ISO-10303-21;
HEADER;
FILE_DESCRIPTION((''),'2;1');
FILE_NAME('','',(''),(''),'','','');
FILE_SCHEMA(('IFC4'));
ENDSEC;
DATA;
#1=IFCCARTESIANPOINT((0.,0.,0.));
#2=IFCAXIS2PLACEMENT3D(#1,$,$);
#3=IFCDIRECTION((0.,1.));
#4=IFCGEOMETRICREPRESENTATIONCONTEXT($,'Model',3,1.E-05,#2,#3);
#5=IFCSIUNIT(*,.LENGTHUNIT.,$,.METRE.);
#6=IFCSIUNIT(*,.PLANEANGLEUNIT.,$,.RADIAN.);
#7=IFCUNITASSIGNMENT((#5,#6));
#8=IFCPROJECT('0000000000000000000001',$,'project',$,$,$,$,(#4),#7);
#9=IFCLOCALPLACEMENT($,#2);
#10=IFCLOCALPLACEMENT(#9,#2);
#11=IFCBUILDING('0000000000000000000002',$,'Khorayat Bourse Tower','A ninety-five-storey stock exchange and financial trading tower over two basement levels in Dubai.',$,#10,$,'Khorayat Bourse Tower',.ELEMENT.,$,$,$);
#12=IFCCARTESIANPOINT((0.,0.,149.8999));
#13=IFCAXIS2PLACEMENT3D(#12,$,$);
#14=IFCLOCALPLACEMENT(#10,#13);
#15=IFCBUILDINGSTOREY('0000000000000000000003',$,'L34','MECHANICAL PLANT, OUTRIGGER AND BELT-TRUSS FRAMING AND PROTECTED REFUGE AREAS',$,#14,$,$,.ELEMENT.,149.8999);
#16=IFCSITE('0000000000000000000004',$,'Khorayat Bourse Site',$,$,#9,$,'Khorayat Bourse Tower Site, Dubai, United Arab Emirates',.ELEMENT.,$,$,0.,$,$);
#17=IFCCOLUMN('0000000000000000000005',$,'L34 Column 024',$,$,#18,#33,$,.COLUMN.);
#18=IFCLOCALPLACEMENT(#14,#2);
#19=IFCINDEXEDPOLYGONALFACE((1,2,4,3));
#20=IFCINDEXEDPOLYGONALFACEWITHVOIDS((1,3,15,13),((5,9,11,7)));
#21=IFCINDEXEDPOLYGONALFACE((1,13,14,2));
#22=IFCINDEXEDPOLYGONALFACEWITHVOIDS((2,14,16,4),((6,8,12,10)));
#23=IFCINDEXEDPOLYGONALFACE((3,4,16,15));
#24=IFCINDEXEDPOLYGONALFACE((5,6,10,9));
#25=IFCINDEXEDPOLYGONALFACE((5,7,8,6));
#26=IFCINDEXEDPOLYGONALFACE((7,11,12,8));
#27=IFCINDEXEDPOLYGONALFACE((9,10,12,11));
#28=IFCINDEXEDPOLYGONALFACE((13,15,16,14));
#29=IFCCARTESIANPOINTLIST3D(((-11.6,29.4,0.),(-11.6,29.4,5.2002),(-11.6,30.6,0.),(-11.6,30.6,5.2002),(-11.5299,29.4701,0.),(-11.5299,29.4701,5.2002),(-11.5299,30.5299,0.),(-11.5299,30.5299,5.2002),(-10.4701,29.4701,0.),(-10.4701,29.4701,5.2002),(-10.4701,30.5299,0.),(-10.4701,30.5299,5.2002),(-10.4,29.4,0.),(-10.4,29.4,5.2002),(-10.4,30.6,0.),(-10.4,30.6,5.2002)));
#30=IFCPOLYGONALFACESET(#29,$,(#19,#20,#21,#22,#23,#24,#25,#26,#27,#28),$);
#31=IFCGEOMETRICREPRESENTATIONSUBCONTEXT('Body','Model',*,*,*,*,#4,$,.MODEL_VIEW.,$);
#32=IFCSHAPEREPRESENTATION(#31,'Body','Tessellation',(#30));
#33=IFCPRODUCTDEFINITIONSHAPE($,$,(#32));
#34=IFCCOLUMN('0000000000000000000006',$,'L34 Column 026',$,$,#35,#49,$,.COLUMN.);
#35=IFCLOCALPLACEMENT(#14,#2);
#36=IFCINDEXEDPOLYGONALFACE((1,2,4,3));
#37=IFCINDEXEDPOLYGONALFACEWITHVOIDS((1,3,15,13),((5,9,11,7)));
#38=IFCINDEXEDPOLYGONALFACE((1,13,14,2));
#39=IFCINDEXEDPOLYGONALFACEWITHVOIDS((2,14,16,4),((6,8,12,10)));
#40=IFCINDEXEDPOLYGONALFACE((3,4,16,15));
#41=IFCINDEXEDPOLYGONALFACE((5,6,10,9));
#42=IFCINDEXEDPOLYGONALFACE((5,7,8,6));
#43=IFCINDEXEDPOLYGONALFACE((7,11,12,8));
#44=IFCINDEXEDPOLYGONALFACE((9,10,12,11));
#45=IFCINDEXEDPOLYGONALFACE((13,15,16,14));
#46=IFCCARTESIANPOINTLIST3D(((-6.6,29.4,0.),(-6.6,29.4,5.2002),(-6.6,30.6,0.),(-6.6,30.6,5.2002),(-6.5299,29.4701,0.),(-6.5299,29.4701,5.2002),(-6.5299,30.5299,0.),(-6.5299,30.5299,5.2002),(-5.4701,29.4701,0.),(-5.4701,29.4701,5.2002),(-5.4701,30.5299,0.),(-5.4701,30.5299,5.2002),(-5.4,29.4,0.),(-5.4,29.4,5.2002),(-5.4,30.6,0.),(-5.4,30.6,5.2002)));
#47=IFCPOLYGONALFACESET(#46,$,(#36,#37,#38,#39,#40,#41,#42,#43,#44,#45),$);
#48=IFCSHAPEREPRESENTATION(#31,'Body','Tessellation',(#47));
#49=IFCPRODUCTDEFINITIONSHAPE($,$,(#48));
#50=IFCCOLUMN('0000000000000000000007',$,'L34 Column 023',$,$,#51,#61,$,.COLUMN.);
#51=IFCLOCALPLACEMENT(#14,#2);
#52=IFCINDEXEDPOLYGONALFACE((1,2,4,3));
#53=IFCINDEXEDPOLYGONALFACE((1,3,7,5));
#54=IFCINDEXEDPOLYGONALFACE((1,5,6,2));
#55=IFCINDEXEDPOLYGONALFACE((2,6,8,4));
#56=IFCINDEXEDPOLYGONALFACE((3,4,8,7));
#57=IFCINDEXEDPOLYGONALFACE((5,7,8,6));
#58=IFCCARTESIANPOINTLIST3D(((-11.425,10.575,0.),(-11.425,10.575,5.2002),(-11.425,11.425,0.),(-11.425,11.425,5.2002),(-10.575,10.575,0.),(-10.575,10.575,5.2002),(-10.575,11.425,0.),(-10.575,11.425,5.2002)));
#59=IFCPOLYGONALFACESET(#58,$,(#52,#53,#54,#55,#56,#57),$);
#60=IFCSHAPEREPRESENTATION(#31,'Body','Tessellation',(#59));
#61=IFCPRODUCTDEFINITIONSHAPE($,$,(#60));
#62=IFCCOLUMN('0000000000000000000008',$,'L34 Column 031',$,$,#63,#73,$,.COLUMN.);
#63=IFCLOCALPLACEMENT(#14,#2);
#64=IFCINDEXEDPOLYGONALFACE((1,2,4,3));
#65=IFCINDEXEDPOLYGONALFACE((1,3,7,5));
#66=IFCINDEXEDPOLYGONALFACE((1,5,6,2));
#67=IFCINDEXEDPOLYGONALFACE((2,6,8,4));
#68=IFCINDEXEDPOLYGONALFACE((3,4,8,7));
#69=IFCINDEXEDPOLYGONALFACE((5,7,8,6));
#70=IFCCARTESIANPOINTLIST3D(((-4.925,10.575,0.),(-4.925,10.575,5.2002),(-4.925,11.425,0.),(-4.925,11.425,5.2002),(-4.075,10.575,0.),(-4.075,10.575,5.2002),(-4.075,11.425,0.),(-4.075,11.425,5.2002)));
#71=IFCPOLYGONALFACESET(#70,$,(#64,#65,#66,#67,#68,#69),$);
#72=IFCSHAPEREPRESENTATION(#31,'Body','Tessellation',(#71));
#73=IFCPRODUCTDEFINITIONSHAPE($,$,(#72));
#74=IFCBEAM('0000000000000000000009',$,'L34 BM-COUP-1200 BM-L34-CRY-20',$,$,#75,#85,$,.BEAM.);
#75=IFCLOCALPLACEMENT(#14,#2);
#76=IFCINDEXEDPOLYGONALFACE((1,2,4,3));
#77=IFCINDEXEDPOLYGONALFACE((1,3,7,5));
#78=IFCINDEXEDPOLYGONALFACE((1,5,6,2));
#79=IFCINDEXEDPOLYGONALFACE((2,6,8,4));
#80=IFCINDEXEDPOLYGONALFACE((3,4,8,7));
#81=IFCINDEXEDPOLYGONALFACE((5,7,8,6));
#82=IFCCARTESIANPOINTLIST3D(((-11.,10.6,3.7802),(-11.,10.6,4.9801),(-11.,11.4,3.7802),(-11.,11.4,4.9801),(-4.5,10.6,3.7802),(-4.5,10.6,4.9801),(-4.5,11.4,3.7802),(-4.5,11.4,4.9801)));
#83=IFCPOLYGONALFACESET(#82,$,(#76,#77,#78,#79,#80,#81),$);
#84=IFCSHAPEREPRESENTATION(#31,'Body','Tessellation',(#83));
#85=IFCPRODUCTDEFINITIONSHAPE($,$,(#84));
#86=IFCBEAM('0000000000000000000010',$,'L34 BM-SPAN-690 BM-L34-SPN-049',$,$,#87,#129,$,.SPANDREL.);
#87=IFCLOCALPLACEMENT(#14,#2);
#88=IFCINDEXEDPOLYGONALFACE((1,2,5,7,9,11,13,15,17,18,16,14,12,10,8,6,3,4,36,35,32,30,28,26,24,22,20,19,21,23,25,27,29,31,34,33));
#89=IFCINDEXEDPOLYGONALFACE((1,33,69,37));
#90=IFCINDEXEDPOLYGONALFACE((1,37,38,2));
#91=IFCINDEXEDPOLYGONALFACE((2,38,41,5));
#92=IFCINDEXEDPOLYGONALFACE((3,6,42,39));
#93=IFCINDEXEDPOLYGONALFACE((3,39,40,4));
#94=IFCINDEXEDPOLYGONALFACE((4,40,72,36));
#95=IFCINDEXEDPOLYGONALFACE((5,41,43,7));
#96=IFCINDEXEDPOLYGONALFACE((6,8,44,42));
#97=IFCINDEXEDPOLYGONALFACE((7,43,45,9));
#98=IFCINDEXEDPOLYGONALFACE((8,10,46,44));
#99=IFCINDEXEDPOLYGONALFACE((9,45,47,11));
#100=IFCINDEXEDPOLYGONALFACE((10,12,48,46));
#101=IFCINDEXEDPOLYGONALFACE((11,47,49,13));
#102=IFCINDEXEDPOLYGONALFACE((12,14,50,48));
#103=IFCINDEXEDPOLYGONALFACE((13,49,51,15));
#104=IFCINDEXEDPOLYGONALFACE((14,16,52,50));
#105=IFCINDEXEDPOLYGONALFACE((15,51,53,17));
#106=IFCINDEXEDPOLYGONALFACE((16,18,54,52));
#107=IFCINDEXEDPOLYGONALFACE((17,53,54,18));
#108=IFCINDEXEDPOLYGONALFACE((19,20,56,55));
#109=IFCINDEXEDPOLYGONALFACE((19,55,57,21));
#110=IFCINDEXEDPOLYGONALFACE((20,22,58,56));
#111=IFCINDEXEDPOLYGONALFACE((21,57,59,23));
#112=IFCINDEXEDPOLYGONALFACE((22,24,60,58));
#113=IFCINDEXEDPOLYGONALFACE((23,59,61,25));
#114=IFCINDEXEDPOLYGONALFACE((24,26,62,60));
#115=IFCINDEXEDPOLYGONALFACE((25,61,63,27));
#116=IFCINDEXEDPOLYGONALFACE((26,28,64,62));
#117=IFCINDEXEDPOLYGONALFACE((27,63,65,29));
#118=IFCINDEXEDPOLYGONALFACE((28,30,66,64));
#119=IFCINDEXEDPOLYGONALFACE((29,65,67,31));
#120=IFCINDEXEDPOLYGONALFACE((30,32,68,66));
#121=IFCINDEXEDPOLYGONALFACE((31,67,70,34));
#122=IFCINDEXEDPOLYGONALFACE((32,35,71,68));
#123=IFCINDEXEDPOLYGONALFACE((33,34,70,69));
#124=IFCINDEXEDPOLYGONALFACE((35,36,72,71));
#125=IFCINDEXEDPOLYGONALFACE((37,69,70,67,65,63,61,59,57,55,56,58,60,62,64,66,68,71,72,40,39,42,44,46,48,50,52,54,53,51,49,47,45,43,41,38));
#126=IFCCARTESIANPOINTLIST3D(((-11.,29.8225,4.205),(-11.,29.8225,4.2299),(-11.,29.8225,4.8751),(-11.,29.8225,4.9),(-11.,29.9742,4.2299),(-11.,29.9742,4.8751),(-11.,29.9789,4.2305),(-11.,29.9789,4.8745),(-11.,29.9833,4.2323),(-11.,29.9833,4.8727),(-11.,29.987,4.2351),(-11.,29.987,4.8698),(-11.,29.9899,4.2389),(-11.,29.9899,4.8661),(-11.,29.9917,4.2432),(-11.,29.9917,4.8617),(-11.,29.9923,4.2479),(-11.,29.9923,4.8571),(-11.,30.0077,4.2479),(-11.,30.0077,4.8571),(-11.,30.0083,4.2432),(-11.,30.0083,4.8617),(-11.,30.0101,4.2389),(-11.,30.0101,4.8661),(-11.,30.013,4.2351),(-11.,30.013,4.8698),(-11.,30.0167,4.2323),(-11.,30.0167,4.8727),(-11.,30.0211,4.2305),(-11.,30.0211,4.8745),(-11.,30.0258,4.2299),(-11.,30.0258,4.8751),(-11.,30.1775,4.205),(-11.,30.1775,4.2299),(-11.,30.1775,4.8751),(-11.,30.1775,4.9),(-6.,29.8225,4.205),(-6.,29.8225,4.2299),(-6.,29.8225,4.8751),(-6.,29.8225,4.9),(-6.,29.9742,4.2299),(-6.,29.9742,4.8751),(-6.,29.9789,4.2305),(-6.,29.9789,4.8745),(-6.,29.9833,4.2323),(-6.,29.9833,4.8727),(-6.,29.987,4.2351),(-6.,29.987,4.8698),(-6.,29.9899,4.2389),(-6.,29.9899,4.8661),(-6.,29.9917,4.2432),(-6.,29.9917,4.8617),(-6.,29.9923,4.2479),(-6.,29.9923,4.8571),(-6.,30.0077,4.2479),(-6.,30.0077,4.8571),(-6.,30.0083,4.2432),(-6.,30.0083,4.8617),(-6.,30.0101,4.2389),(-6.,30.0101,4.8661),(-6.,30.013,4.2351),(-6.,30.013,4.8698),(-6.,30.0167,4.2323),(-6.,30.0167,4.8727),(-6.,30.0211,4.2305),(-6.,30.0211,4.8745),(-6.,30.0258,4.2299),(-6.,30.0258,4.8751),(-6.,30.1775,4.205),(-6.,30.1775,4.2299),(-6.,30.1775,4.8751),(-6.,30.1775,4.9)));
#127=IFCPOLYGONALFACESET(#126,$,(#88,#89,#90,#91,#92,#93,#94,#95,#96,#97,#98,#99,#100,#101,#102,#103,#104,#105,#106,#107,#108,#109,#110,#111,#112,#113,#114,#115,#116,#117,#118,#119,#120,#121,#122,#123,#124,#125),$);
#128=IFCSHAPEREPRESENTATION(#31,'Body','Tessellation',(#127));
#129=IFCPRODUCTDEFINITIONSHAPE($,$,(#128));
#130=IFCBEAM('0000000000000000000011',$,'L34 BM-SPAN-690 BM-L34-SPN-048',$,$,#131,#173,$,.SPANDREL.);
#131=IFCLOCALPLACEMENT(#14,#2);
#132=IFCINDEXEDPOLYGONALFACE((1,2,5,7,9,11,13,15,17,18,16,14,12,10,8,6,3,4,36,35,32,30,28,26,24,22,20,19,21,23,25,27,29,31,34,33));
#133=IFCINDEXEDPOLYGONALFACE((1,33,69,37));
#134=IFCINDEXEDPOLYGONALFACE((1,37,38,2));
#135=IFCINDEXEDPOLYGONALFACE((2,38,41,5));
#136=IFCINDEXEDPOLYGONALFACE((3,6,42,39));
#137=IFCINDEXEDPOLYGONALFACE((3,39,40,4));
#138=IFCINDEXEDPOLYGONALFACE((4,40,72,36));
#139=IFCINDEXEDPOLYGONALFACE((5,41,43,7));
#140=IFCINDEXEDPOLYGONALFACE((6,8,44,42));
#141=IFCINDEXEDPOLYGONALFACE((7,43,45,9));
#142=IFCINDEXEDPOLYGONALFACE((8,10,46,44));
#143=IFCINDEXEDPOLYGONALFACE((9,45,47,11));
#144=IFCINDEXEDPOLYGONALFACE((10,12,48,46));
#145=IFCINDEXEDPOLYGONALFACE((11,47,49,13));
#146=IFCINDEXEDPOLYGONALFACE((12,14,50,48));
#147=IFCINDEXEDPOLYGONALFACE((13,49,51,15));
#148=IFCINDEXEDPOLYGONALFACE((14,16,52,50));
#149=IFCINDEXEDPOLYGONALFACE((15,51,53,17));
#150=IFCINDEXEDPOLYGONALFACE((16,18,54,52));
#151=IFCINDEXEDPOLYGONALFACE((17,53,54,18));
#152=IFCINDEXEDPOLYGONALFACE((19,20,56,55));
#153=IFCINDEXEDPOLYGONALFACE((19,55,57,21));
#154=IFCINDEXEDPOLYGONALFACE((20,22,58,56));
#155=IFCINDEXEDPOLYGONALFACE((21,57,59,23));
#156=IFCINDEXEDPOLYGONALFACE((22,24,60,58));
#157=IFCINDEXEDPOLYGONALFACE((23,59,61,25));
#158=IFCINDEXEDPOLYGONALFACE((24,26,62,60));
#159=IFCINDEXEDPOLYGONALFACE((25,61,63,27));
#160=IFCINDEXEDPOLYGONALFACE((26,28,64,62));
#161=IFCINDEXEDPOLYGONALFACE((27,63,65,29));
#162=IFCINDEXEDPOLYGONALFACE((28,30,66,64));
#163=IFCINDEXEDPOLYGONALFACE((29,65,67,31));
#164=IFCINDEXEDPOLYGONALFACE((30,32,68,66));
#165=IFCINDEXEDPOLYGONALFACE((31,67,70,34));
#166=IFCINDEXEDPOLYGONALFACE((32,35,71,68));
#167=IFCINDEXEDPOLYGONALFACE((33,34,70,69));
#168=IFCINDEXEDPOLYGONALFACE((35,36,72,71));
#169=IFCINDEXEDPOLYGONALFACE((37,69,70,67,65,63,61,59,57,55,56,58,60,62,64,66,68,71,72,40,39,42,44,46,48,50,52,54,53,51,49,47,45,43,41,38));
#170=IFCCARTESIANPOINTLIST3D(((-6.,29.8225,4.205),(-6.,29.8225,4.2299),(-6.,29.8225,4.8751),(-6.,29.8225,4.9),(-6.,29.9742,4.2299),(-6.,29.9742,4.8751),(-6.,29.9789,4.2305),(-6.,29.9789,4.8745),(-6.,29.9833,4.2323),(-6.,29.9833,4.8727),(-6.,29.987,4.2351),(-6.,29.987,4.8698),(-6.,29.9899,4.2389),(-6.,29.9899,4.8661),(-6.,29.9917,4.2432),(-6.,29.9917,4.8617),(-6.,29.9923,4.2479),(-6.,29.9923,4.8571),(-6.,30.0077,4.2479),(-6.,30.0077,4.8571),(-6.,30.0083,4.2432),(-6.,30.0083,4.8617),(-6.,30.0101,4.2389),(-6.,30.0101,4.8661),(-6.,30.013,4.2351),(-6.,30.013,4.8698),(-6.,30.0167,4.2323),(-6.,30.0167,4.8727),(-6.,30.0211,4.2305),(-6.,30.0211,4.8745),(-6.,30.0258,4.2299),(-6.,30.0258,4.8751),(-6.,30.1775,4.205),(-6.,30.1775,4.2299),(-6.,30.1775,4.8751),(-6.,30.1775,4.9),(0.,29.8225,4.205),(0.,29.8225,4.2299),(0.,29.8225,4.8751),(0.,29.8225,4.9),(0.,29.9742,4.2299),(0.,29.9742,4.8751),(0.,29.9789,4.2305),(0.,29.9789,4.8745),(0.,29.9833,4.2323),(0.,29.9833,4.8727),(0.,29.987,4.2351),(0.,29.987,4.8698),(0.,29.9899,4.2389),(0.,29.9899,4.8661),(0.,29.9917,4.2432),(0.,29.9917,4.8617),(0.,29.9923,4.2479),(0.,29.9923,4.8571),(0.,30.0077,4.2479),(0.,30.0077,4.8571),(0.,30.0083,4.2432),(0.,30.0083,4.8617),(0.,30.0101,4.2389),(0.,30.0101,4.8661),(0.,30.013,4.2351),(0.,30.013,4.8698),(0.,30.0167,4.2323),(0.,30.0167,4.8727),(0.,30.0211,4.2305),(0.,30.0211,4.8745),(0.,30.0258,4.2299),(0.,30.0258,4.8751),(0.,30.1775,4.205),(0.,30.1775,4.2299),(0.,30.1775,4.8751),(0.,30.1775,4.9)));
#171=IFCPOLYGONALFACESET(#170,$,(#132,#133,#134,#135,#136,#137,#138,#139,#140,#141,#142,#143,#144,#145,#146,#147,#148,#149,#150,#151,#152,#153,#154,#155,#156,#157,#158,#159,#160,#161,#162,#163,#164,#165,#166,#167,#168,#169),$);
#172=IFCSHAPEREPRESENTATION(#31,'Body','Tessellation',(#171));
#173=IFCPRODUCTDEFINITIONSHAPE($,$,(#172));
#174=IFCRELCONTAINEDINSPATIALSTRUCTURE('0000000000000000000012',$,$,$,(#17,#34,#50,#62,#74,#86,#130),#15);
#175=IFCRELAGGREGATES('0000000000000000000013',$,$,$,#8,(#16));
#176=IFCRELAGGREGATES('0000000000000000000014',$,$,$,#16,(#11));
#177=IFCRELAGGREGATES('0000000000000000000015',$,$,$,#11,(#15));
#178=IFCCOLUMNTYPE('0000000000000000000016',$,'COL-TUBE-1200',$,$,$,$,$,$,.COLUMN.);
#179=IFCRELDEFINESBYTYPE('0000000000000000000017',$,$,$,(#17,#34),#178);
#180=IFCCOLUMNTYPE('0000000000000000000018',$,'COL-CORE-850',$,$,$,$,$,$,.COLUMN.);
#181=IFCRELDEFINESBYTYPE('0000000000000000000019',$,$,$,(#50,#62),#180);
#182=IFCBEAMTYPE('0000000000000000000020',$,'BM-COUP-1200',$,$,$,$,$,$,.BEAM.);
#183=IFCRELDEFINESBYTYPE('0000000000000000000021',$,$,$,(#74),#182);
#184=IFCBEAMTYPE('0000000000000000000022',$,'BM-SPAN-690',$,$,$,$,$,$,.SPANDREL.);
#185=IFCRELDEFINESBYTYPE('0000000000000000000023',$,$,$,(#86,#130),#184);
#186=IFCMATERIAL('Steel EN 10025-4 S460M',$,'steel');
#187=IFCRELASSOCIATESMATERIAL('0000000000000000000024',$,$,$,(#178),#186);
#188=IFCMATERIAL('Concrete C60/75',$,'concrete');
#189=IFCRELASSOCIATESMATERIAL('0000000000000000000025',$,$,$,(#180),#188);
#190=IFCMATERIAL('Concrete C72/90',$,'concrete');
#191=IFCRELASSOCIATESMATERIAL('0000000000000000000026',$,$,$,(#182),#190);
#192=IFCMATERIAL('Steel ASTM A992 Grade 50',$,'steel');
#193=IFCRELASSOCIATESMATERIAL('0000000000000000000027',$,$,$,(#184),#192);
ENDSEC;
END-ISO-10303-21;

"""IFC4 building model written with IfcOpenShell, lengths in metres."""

from ifc_helpers import new_model, si_unit, direction, frame, origin, origin_2d, place, context, subcontext, project, spatial, rectangle, hollow_rectangle, i_section, extrude, source, transform, mapped, material, material_profile, profile_set, type_object, element, save


model = new_model("IFC4")

# Units and contexts
model_context = context("Model", 3, precision=1e-05, world=origin(), true_north=direction((0.0, 1.0)))
body_context = subcontext(model_context, "Body", "Model", "MODEL_VIEW")
ifc_project = project(units=[si_unit("LENGTHUNIT", "METRE"), si_unit("PLANEANGLEUNIT", "RADIAN")], contexts=[model_context])

# Site, building, storey
site_placement = place(None, origin())
site = spatial("IfcSite", under=ifc_project, at=site_placement, Name="Khorayat Bourse Site", LongName="Khorayat Bourse Tower Site, Dubai, United Arab Emirates", CompositionType="ELEMENT", RefElevation=0.0)
building_placement = place(site_placement, origin())
building = spatial("IfcBuilding", under=site, at=building_placement, Name="Khorayat Bourse Tower", Description="A ninety-five-storey stock exchange and financial trading tower over two basement levels in Dubai.", LongName="Khorayat Bourse Tower", CompositionType="ELEMENT")
storey_placement = place(building_placement, frame((0.0, 0.0, 149.8999)))
storey = spatial("IfcBuildingStorey", under=building, at=storey_placement, Name="L34", Description="MECHANICAL PLANT, OUTRIGGER AND BELT-TRUSS FRAMING AND PROTECTED REFUGE AREAS", CompositionType="ELEMENT", Elevation=149.8999)

# Columns
ifc_material_1 = material(Name="Steel EN 10025-4 S460M", Category="steel")
ifc_material_profile_1 = material_profile(ifc_material_1, hollow_rectangle(XDim=1.2, YDim=1.2, WallThickness=0.0701, at=origin_2d()), Name="BOX 1200x1200x70")
ifc_profile_set_1 = profile_set([ifc_material_profile_1], Name="Steel EN 10025-4 S460M")
column_type_1 = type_object("IfcColumnType", Name="COL-TUBE-1200", PredefinedType="COLUMN", material=ifc_profile_set_1)
shared_shape_1 = source(origin(), body_context, "Body", "SweptSolid", [
    extrude(hollow_rectangle(XDim=1.2, YDim=1.2, WallThickness=0.0701, at=origin_2d()), origin(), (0.0, 0.0, 1.0), 5.2002),
])
for number, where, z_axis, x_axis, name in (
    (1, (-11.0, 30.0, 0.0), (0.0, 0.0, 1.0), (1.0, 0.0, 0.0), "L34 Column 024"),
    (2, (-6.0, 30.0, 0.0), (0.0, 0.0, 1.0), (1.0, 0.0, 0.0), "L34 Column 026"),
):
    element("IfcColumn", number, at=place(storey_placement, frame(where, z_axis=z_axis, x_axis=x_axis)), inside=storey, type_object=column_type_1, Name=name, PredefinedType="COLUMN", context=body_context, shape_type="MappedRepresentation", body=[
        mapped(shared_shape_1, transform((0.0, 0.0, 0.0), scale=1.0)),
    ])
ifc_material_2 = material(Name="Concrete C60/75", Category="concrete")
ifc_material_profile_2 = material_profile(ifc_material_2, rectangle(XDim=0.8501, YDim=0.8501, at=origin_2d()), Name="RC 850x850")
ifc_profile_set_2 = profile_set([ifc_material_profile_2], Name="Concrete C60/75")
column_type_2 = type_object("IfcColumnType", Name="COL-CORE-850", PredefinedType="COLUMN", material=ifc_profile_set_2)
shared_shape_2 = source(origin(), body_context, "Body", "SweptSolid", [
    extrude(rectangle(XDim=0.8501, YDim=0.8501, at=origin_2d()), origin(), (0.0, 0.0, 1.0), 5.2002),
])
for number, where, z_axis, x_axis, name in (
    (3, (-11.0, 11.0, 0.0), (0.0, 0.0, 1.0), (1.0, 0.0, 0.0), "L34 Column 023"),
    (4, (-4.5, 11.0, 0.0), (0.0, 0.0, 1.0), (1.0, 0.0, 0.0), "L34 Column 031"),
):
    element("IfcColumn", number, at=place(storey_placement, frame(where, z_axis=z_axis, x_axis=x_axis)), inside=storey, type_object=column_type_2, Name=name, PredefinedType="COLUMN", context=body_context, shape_type="MappedRepresentation", body=[
        mapped(shared_shape_2, transform((0.0, 0.0, 0.0), scale=1.0)),
    ])

# Beams
ifc_material_3 = material(Name="Concrete C72/90", Category="concrete")
ifc_material_profile_3 = material_profile(ifc_material_3, rectangle(XDim=0.8, YDim=1.2, at=origin_2d()), Name="RC 800x1200")
ifc_profile_set_3 = profile_set([ifc_material_profile_3], Name="Concrete C72/90")
beam_type_1 = type_object("IfcBeamType", Name="BM-COUP-1200", PredefinedType="BEAM", material=ifc_profile_set_3)
shared_shape_3 = source(origin(), body_context, "Body", "SweptSolid", [
    extrude(rectangle(XDim=0.8, YDim=1.2, at=origin_2d()), origin(), (0.0, 0.0, 1.0), 6.5),
])
beam_1_placement = place(storey_placement, frame((-11.0, 11.0, 4.3801), z_axis=(1.0, 0.0, 0.0), x_axis=(0.0, 1.0, 0.0)))
element("IfcBeam", 5, at=beam_1_placement, inside=storey, type_object=beam_type_1, Name="L34 BM-COUP-1200 BM-L34-CRY-20", PredefinedType="BEAM", context=body_context, shape_type="MappedRepresentation", body=[
    mapped(shared_shape_3, transform((0.0, 0.0, 0.0), scale=1.0)),
])
ifc_material_4 = material(Name="Steel ASTM A992 Grade 50", Category="steel")
ifc_material_profile_4 = material_profile(ifc_material_4, i_section(OverallWidth=0.355, OverallDepth=0.6951, WebThickness=0.0154, FlangeThickness=0.0249, FilletRadius=0.0181, at=origin_2d()), Name="W690X217")
ifc_profile_set_4 = profile_set([ifc_material_profile_4], Name="Steel ASTM A992 Grade 50")
beam_type_2 = type_object("IfcBeamType", Name="BM-SPAN-690", PredefinedType="SPANDREL", material=ifc_profile_set_4)
shared_shape_4 = source(origin(), body_context, "Body", "SweptSolid", [
    extrude(i_section(OverallWidth=0.355, OverallDepth=0.6951, WebThickness=0.0154, FlangeThickness=0.0249, FilletRadius=0.0181, at=origin_2d()), origin(), (0.0, 0.0, 1.0), 5.0),
])
beam_2_placement = place(storey_placement, frame((-11.0, 30.0, 4.5525), z_axis=(1.0, 0.0, 0.0), x_axis=(0.0, 1.0, 0.0)))
element("IfcBeam", 6, at=beam_2_placement, inside=storey, type_object=beam_type_2, Name="L34 BM-SPAN-690 BM-L34-SPN-049", PredefinedType="SPANDREL", context=body_context, shape_type="MappedRepresentation", body=[
    mapped(shared_shape_4, transform((0.0, 0.0, 0.0), scale=1.0)),
])
shared_shape_5 = source(origin(), body_context, "Body", "SweptSolid", [
    extrude(i_section(OverallWidth=0.355, OverallDepth=0.6951, WebThickness=0.0154, FlangeThickness=0.0249, FilletRadius=0.0181, at=origin_2d()), origin(), (0.0, 0.0, 1.0), 6.0),
])
beam_3_placement = place(storey_placement, frame((-6.0, 30.0, 4.5525), z_axis=(1.0, 0.0, 0.0), x_axis=(0.0, 1.0, 0.0)))
element("IfcBeam", 7, at=beam_3_placement, inside=storey, type_object=beam_type_2, Name="L34 BM-SPAN-690 BM-L34-SPN-048", PredefinedType="SPANDREL", context=body_context, shape_type="MappedRepresentation", body=[
    mapped(shared_shape_5, transform((0.0, 0.0, 0.0), scale=1.0)),
])

save(model, "model.ifc")
